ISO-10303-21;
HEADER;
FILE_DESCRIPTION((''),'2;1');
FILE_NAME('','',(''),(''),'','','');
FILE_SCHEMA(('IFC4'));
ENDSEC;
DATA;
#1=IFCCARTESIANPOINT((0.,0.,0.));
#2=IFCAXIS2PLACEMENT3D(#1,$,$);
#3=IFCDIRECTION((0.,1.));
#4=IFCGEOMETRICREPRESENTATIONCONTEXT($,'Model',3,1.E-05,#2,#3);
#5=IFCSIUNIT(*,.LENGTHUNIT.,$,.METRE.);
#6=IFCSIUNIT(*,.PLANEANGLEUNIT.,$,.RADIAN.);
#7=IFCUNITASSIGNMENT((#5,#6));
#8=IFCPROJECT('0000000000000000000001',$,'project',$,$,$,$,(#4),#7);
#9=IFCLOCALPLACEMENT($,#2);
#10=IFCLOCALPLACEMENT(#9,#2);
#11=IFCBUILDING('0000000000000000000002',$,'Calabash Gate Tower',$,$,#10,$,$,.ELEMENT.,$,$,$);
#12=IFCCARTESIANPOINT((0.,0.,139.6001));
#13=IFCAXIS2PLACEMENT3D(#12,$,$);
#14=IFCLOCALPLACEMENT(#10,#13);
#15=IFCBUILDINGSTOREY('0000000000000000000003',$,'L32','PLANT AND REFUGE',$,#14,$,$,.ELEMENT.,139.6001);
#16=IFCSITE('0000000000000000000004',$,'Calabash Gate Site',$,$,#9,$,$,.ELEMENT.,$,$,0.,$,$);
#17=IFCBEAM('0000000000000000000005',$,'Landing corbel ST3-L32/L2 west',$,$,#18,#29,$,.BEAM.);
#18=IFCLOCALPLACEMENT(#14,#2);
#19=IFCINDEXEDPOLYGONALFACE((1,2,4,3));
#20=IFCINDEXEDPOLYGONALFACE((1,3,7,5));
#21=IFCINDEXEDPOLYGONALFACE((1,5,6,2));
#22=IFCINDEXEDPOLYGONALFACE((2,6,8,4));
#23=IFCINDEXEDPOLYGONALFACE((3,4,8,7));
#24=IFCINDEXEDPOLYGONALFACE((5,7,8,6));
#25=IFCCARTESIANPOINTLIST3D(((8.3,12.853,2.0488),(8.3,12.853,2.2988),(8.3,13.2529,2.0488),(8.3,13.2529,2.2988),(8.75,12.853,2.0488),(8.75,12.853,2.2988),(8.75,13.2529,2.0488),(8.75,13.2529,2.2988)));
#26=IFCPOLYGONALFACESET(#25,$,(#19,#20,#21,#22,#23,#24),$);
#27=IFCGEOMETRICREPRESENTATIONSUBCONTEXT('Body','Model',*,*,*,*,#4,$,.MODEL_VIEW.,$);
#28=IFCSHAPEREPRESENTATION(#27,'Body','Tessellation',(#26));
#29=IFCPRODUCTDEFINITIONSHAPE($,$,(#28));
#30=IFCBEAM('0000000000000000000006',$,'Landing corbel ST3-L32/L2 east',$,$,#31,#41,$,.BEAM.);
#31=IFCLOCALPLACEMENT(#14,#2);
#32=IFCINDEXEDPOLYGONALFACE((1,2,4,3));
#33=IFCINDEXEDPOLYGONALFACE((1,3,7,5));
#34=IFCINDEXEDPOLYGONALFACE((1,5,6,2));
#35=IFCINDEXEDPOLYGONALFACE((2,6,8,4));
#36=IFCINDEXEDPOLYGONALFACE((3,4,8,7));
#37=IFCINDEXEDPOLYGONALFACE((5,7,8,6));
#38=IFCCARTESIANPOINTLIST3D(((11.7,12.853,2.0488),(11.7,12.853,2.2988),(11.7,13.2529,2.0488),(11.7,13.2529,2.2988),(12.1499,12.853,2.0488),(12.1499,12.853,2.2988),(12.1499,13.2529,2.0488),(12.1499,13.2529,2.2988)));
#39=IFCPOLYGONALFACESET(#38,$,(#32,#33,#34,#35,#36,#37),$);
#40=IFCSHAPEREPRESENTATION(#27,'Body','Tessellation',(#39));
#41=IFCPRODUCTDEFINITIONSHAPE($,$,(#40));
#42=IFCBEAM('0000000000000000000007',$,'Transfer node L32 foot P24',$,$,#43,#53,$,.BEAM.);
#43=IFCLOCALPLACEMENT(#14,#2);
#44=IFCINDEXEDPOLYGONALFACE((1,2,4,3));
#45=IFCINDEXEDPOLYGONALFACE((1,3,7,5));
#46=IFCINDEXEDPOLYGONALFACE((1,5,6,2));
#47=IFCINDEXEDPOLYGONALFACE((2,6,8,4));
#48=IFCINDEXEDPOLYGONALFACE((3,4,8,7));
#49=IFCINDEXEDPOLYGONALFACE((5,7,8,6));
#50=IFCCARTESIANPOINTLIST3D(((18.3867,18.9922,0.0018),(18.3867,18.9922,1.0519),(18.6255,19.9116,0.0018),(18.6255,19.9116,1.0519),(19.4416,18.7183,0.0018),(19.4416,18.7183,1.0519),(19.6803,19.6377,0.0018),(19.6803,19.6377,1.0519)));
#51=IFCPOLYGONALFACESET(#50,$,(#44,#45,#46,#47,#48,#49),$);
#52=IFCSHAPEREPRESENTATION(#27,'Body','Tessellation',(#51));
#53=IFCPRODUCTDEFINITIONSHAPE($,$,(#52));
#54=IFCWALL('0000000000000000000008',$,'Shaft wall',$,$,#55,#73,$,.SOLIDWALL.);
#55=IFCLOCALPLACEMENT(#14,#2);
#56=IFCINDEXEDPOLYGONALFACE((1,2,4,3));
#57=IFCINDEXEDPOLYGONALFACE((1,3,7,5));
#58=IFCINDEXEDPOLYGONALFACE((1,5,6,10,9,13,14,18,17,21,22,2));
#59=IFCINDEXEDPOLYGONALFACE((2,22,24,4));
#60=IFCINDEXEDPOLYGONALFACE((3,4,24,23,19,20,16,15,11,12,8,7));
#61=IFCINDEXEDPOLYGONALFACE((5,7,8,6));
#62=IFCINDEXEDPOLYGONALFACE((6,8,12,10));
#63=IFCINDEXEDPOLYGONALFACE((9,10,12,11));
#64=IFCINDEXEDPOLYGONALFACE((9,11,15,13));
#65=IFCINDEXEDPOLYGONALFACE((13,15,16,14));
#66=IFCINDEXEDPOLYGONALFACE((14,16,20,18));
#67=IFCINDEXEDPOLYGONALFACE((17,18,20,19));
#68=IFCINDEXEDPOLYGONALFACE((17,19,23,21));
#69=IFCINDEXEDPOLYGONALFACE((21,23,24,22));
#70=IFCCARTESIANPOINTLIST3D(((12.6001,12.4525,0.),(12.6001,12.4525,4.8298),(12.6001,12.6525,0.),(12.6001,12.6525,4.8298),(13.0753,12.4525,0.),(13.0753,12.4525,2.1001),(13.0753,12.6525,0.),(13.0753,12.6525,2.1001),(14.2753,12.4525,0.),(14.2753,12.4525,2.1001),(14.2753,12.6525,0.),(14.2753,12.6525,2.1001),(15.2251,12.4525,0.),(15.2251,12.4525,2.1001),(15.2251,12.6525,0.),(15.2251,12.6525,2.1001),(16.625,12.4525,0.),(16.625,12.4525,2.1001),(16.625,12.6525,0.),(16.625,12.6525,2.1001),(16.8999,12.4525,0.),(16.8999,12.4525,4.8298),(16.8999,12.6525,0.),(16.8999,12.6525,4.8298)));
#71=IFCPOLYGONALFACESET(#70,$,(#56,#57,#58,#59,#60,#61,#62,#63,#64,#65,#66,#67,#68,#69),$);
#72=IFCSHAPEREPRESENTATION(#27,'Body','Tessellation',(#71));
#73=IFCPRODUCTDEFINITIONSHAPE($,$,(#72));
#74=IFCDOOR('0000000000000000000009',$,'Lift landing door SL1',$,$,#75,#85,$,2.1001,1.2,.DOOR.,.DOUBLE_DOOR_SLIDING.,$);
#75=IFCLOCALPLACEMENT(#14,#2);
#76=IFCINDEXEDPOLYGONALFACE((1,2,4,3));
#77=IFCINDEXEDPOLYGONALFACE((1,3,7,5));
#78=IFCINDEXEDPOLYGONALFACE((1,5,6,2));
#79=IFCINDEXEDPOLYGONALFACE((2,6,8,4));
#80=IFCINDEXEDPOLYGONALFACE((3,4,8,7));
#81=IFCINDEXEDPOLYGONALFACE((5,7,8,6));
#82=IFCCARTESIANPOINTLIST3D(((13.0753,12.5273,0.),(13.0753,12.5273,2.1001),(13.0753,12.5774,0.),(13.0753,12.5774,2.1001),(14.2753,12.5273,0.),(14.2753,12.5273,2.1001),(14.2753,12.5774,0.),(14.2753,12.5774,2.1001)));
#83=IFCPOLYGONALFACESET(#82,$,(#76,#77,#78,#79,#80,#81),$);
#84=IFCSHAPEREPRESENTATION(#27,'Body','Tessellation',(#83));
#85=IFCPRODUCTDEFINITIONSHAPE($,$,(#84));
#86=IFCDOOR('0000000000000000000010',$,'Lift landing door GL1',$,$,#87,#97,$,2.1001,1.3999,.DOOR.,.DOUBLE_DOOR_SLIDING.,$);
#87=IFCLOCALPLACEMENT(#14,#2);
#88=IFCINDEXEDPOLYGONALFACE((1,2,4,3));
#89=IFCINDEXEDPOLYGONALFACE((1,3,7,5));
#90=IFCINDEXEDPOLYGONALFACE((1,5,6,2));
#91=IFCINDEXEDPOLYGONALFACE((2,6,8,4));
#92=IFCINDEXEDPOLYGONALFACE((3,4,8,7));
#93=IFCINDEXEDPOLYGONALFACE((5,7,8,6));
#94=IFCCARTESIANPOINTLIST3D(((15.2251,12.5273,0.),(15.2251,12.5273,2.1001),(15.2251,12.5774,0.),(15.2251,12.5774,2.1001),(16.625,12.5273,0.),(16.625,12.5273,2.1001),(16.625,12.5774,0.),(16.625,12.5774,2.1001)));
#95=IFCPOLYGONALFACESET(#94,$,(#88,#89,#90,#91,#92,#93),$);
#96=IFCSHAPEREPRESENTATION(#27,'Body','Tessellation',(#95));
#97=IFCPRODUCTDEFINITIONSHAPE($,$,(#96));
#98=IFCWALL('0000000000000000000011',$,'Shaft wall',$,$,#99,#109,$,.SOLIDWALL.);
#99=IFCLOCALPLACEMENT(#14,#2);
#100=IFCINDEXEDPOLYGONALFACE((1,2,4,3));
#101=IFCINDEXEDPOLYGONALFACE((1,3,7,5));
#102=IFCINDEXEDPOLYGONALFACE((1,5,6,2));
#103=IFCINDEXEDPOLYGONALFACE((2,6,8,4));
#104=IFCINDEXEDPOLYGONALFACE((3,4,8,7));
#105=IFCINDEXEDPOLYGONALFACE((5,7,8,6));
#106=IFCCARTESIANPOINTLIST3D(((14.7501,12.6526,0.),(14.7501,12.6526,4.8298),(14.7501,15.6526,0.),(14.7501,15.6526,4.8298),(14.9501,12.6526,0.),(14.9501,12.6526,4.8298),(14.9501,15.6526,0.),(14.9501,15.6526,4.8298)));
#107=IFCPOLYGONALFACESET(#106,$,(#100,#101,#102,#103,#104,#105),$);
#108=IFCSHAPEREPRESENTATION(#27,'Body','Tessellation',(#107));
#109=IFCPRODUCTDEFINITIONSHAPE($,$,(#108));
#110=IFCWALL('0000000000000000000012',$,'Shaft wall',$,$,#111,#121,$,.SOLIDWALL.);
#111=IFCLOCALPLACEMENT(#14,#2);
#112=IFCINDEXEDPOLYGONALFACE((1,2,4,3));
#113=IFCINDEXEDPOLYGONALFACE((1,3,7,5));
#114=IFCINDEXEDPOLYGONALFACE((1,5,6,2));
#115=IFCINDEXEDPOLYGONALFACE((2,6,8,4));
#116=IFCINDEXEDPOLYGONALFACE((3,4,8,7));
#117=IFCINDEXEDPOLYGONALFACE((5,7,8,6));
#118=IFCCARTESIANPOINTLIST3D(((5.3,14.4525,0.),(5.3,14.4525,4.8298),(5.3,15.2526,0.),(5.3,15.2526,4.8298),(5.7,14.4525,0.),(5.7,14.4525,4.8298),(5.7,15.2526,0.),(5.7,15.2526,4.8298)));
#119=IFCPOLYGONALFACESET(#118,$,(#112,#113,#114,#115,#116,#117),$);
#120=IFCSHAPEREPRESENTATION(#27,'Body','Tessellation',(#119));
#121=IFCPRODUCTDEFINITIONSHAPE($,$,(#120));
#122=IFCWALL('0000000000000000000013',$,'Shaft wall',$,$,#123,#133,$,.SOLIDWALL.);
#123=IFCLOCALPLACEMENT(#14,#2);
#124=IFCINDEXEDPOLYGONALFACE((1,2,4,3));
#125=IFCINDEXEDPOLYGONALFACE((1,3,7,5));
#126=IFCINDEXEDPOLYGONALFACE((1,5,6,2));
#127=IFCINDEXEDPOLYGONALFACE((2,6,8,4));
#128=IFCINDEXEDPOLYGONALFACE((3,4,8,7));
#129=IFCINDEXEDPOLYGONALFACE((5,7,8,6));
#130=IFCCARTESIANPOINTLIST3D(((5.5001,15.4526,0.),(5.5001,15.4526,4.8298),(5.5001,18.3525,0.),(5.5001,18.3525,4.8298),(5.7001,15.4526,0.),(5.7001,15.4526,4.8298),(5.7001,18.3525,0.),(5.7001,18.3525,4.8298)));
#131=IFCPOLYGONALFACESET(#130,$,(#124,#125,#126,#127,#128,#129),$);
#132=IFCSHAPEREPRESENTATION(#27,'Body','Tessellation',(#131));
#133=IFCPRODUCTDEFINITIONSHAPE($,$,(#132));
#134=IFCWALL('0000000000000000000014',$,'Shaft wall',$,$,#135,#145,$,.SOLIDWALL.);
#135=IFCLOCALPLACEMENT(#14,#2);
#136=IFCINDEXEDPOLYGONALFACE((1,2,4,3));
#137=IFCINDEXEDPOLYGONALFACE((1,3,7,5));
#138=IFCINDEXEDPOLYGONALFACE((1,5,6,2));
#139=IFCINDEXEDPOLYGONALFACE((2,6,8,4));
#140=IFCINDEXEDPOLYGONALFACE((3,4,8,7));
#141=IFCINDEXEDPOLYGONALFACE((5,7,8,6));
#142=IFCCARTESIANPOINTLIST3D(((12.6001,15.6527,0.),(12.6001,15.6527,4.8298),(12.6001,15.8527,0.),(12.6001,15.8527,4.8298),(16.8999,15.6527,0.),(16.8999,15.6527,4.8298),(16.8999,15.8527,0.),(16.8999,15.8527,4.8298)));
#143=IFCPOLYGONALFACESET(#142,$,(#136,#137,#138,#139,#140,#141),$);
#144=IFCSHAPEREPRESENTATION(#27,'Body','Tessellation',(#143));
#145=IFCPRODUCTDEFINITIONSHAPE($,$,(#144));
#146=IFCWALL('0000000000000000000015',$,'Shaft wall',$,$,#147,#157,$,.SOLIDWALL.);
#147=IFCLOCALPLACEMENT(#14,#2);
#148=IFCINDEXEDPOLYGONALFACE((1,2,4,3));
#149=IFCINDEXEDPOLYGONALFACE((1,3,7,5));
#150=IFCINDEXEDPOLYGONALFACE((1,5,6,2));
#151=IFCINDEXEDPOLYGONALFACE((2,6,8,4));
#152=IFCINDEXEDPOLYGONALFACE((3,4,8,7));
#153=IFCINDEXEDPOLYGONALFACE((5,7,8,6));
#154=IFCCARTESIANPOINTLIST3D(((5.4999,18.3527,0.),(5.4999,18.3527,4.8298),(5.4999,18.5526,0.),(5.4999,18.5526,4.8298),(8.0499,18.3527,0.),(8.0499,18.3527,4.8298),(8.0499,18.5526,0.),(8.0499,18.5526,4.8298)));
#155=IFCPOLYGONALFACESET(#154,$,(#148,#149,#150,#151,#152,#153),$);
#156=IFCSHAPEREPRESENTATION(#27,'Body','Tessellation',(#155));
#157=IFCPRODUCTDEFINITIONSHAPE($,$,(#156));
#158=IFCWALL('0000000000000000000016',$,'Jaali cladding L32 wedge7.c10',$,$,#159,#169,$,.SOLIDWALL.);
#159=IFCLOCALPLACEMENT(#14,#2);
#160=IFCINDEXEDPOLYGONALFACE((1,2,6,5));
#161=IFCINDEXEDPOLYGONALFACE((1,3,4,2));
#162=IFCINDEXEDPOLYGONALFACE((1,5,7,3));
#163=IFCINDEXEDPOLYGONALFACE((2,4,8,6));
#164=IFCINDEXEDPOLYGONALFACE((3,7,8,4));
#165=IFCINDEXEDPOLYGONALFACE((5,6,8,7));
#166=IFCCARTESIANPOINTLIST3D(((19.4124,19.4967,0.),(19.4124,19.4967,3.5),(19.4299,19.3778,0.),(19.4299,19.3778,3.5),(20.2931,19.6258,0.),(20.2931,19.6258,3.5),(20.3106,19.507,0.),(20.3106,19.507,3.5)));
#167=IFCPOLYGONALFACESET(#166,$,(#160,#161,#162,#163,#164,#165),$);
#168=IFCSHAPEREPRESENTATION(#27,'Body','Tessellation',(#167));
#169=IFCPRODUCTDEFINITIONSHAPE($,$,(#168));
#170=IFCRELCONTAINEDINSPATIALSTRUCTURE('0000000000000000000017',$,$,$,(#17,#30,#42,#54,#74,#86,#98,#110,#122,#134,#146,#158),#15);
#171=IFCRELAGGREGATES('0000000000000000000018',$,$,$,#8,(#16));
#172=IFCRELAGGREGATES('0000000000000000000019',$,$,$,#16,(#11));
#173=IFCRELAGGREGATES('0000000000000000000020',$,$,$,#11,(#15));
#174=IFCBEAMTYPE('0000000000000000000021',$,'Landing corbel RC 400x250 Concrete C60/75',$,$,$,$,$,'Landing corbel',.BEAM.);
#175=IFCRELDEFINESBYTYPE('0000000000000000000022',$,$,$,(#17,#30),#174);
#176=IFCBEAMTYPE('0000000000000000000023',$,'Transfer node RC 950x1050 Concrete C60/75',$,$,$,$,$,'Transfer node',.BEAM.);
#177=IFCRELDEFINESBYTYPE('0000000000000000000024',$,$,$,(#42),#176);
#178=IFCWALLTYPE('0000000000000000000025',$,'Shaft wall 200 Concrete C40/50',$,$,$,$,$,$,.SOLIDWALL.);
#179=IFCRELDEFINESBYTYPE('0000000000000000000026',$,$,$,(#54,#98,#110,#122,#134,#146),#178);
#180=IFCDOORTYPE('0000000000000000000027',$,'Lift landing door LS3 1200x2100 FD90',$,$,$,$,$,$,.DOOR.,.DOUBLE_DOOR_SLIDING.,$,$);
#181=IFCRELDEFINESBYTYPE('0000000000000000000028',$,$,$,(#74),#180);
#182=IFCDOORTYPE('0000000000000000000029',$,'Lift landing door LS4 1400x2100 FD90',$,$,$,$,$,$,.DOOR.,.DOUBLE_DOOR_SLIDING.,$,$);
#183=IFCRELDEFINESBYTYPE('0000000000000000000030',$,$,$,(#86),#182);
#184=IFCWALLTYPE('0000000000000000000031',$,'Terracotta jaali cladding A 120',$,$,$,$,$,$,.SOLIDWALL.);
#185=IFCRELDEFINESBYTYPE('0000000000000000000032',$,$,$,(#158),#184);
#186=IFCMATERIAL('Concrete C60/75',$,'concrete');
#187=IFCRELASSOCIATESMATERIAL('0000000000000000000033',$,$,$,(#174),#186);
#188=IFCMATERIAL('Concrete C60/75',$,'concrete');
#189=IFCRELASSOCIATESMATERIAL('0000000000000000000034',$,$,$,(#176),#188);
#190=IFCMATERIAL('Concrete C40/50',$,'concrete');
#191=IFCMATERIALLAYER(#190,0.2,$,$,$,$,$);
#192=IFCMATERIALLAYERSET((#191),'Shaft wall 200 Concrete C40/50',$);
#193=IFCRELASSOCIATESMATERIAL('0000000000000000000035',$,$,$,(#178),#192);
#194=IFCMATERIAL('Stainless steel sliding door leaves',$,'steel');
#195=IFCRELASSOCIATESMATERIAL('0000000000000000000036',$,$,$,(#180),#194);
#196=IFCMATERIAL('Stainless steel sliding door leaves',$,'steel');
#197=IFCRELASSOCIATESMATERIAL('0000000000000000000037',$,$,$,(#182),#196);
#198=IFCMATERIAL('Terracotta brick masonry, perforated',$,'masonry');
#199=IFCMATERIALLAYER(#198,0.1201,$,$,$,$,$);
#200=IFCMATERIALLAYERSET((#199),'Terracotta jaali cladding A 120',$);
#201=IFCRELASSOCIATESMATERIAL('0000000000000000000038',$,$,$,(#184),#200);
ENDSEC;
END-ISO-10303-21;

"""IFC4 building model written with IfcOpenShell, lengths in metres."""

from ifc_helpers import new_model, si_unit, direction, frame, frame_2d, origin, origin_2d, place, context, subcontext, project, spatial, rectangle, extrude, material, layer, layer_set, material_profile, profile_set, type_object, element, fill, save


model = new_model("IFC4")

# Units and contexts
model_context = context("Model", 3, precision=1e-05, world=origin(), true_north=direction((0.0, 1.0)))
body_context = subcontext(model_context, "Body", "Model", "MODEL_VIEW")
ifc_project = project(units=[si_unit("LENGTHUNIT", "METRE"), si_unit("PLANEANGLEUNIT", "RADIAN")], contexts=[model_context])

# Site, building, storey
site_placement = place(None, origin())
site = spatial("IfcSite", under=ifc_project, at=site_placement, Name="Calabash Gate Site", CompositionType="ELEMENT", RefElevation=0.0)
building_placement = place(site_placement, origin())
building = spatial("IfcBuilding", under=site, at=building_placement, Name="Calabash Gate Tower", CompositionType="ELEMENT")
storey_placement = place(building_placement, frame((0.0, 0.0, 139.6001)))
storey = spatial("IfcBuildingStorey", under=building, at=storey_placement, Name="L32", Description="PLANT AND REFUGE", CompositionType="ELEMENT", Elevation=139.6001)

# Beams
ifc_material_1 = material(Name="Concrete C60/75", Category="concrete")
ifc_material_profile_1 = material_profile(ifc_material_1, rectangle(XDim=0.3999, YDim=0.25, at=origin_2d()))
ifc_profile_set_1 = profile_set([ifc_material_profile_1], Name="Concrete C60/75")
beam_type_1 = type_object("IfcBeamType", Name="Landing corbel RC 400x250 Concrete C60/75", ElementType="Landing corbel", PredefinedType="BEAM", material=ifc_profile_set_1)
for number, where, z_axis, x_axis, name in (
    (1, (8.3, 13.053, 2.1738), (1.0, 0.0, 0.0), (0.0, 1.0, 0.0), "Landing corbel ST3-L32/L2 west"),
    (2, (12.1499, 13.053, 2.1738), (-1.0, 0.0, 0.0), (0.0, -1.0, 0.0), "Landing corbel ST3-L32/L2 east"),
):
    element("IfcBeam", number, at=place(storey_placement, frame(where, z_axis=z_axis, x_axis=x_axis)), inside=storey, type_object=beam_type_1, Name=name, PredefinedType="BEAM", context=body_context, shape_type="SweptSolid", body=[
        extrude(rectangle(XDim=0.3999, YDim=0.25, at=origin_2d()), origin(), (0.0, 0.0, 1.0), 0.45),
    ])
ifc_material_2 = material(Name="Concrete C60/75", Category="concrete")
ifc_material_profile_2 = material_profile(ifc_material_2, rectangle(XDim=0.95, YDim=1.05, at=origin_2d()))
ifc_profile_set_2 = profile_set([ifc_material_profile_2], Name="Concrete C60/75")
beam_type_2 = type_object("IfcBeamType", Name="Transfer node RC 950x1050 Concrete C60/75", ElementType="Transfer node", PredefinedType="BEAM", material=ifc_profile_set_2)
beam_placement = place(storey_placement, frame((18.5061, 19.4519, 0.5269), z_axis=(0.967902, -0.251328, 0.0), x_axis=(0.251328, 0.967902, 0.0)))
element("IfcBeam", 3, at=beam_placement, inside=storey, type_object=beam_type_2, Name="Transfer node L32 foot P24", PredefinedType="BEAM", context=body_context, shape_type="SweptSolid", body=[
    extrude(rectangle(XDim=0.95, YDim=1.05, at=origin_2d()), origin(), (0.0, 0.0, 1.0), 1.0898),
])

# Wall, openings, doors
ifc_material_3 = material(Name="Concrete C40/50", Category="concrete")
ifc_layer_1 = layer(ifc_material_3, 0.2)
ifc_layer_set_1 = layer_set([ifc_layer_1], Name="Shaft wall 200 Concrete C40/50")
wall_type_1 = type_object("IfcWallType", Name="Shaft wall 200 Concrete C40/50", PredefinedType="SOLIDWALL", material=ifc_layer_set_1)
wall_1_placement = place(storey_placement, frame((12.6001, 12.5525, 0.0), z_axis=(0.0, 0.0, 1.0), x_axis=(1.0, 0.0, 0.0)))
wall_1 = element("IfcWall", 4, at=wall_1_placement, inside=storey, type_object=wall_type_1, Name="Shaft wall", PredefinedType="SOLIDWALL", context=body_context, shape_type="SweptSolid", body=[
    extrude(rectangle(XDim=4.2998, YDim=0.2, at=frame_2d((2.1499, 0.0))), origin(), (0.0, 0.0, 1.0), 4.8298),
])
opening_1_placement = place(wall_1_placement, frame((0.4751, 0.0, 0.0)))
opening_1 = element("IfcOpeningElement", 5, at=opening_1_placement, cuts=wall_1, PredefinedType="OPENING", context=body_context, shape_type="SweptSolid", body=[
    extrude(rectangle(XDim=1.2, YDim=2.1001, at=frame_2d((0.6001, 1.05))), frame((0.0, 0.1099, 0.0), z_axis=(0.0, -1.0, 0.0), x_axis=(1.0, 0.0, 0.0)), (0.0, 0.0, 1.0), 0.22),
])
opening_2_placement = place(wall_1_placement, frame((2.625, 0.0, 0.0)))
opening_2 = element("IfcOpeningElement", 6, at=opening_2_placement, cuts=wall_1, PredefinedType="OPENING", context=body_context, shape_type="SweptSolid", body=[
    extrude(rectangle(XDim=1.3999, YDim=2.1001, at=frame_2d((0.7, 1.05))), frame((0.0, 0.1099, 0.0), z_axis=(0.0, -1.0, 0.0), x_axis=(1.0, 0.0, 0.0)), (0.0, 0.0, 1.0), 0.22),
])
ifc_material_4 = material(Name="Stainless steel sliding door leaves", Category="steel")
door_type_1 = type_object("IfcDoorType", Name="Lift landing door LS3 1200x2100 FD90", OperationType="DOUBLE_DOOR_SLIDING", PredefinedType="DOOR", material=ifc_material_4)
door_1_placement = place(opening_1_placement, origin())
door_1 = element("IfcDoor", 7, at=door_1_placement, inside=storey, type_object=door_type_1, Name="Lift landing door SL1", OperationType="DOUBLE_DOOR_SLIDING", OverallHeight=2.1001, OverallWidth=1.2, PredefinedType="DOOR", context=body_context, shape_type="SweptSolid", body=[
    extrude(rectangle(XDim=1.2, YDim=2.1001, at=frame_2d((0.6001, 1.05))), frame((0.0, 0.0249, 0.0), z_axis=(0.0, -1.0, 0.0), x_axis=(1.0, 0.0, 0.0)), (0.0, 0.0, 1.0), 0.05),
])
fill(opening_1, door_1)
ifc_material_5 = material(Name="Stainless steel sliding door leaves", Category="steel")
door_type_2 = type_object("IfcDoorType", Name="Lift landing door LS4 1400x2100 FD90", OperationType="DOUBLE_DOOR_SLIDING", PredefinedType="DOOR", material=ifc_material_5)
door_2_placement = place(opening_2_placement, origin())
door_2 = element("IfcDoor", 8, at=door_2_placement, inside=storey, type_object=door_type_2, Name="Lift landing door GL1", OperationType="DOUBLE_DOOR_SLIDING", OverallHeight=2.1001, OverallWidth=1.3999, PredefinedType="DOOR", context=body_context, shape_type="SweptSolid", body=[
    extrude(rectangle(XDim=1.3999, YDim=2.1001, at=frame_2d((0.7, 1.05))), frame((0.0, 0.0249, 0.0), z_axis=(0.0, -1.0, 0.0), x_axis=(1.0, 0.0, 0.0)), (0.0, 0.0, 1.0), 0.05),
])
fill(opening_2, door_2)

# Walls
wall_2_placement = place(storey_placement, frame((14.8501, 12.6526, 0.0), z_axis=(0.0, 0.0, 1.0), x_axis=(0.0, 1.0, 0.0)))
element("IfcWall", 9, at=wall_2_placement, inside=storey, type_object=wall_type_1, Name="Shaft wall", PredefinedType="SOLIDWALL", context=body_context, shape_type="SweptSolid", body=[
    extrude(rectangle(XDim=3.0, YDim=0.2, at=frame_2d((1.5, 0.0))), origin(), (0.0, 0.0, 1.0), 4.8298),
])
wall_3_placement = place(storey_placement, frame((5.5, 14.4526, 0.0), z_axis=(0.0, 0.0, 1.0), x_axis=(0.0, 1.0, 0.0)))
element("IfcWall", 10, at=wall_3_placement, inside=storey, type_object=wall_type_1, Name="Shaft wall", PredefinedType="SOLIDWALL", context=body_context, shape_type="SweptSolid", body=[
    extrude(rectangle(XDim=0.8, YDim=0.3999, at=frame_2d((0.3999, 0.0))), origin(), (0.0, 0.0, 1.0), 4.8298),
])
wall_4_placement = place(storey_placement, frame((5.6001, 15.4526, 0.0), z_axis=(0.0, 0.0, 1.0), x_axis=(0.0, 1.0, 0.0)))
element("IfcWall", 11, at=wall_4_placement, inside=storey, type_object=wall_type_1, Name="Shaft wall", PredefinedType="SOLIDWALL", context=body_context, shape_type="SweptSolid", body=[
    extrude(rectangle(XDim=2.8999, YDim=0.2, at=frame_2d((1.45, 0.0))), origin(), (0.0, 0.0, 1.0), 4.8298),
])
wall_5_placement = place(storey_placement, frame((12.6001, 15.7527, 0.0), z_axis=(0.0, 0.0, 1.0), x_axis=(1.0, 0.0, 0.0)))
element("IfcWall", 12, at=wall_5_placement, inside=storey, type_object=wall_type_1, Name="Shaft wall", PredefinedType="SOLIDWALL", context=body_context, shape_type="SweptSolid", body=[
    extrude(rectangle(XDim=4.2998, YDim=0.2, at=frame_2d((2.1499, 0.0))), origin(), (0.0, 0.0, 1.0), 4.8298),
])
wall_6_placement = place(storey_placement, frame((5.5, 18.4526, 0.0), z_axis=(0.0, 0.0, 1.0), x_axis=(1.0, 0.0, 0.0)))
element("IfcWall", 13, at=wall_6_placement, inside=storey, type_object=wall_type_1, Name="Shaft wall", PredefinedType="SOLIDWALL", context=body_context, shape_type="SweptSolid", body=[
    extrude(rectangle(XDim=2.55, YDim=0.2, at=frame_2d((1.2749, 0.0))), origin(), (0.0, 0.0, 1.0), 4.8298),
])
ifc_material_6 = material(Name="Terracotta brick masonry, perforated", Category="masonry")
ifc_layer_2 = layer(ifc_material_6, 0.1201)
ifc_layer_set_2 = layer_set([ifc_layer_2], Name="Terracotta jaali cladding A 120")
wall_type_2 = type_object("IfcWallType", Name="Terracotta jaali cladding A 120", PredefinedType="SOLIDWALL", material=ifc_layer_set_2)
wall_7_placement = place(storey_placement, frame((19.4211, 19.4373, 0.0), z_axis=(0.0, 0.0, 1.0), x_axis=(0.989416, 0.145107, 0.0)))
element("IfcWall", 14, at=wall_7_placement, inside=storey, type_object=wall_type_2, Name="Jaali cladding L32 wedge7.c10", PredefinedType="SOLIDWALL", context=body_context, shape_type="SweptSolid", body=[
    extrude(rectangle(XDim=0.8901, YDim=0.1201, at=frame_2d((0.4451, 0.0))), origin(), (0.0, 0.0, 1.0), 3.5),
])

save(model, "model.ifc")
